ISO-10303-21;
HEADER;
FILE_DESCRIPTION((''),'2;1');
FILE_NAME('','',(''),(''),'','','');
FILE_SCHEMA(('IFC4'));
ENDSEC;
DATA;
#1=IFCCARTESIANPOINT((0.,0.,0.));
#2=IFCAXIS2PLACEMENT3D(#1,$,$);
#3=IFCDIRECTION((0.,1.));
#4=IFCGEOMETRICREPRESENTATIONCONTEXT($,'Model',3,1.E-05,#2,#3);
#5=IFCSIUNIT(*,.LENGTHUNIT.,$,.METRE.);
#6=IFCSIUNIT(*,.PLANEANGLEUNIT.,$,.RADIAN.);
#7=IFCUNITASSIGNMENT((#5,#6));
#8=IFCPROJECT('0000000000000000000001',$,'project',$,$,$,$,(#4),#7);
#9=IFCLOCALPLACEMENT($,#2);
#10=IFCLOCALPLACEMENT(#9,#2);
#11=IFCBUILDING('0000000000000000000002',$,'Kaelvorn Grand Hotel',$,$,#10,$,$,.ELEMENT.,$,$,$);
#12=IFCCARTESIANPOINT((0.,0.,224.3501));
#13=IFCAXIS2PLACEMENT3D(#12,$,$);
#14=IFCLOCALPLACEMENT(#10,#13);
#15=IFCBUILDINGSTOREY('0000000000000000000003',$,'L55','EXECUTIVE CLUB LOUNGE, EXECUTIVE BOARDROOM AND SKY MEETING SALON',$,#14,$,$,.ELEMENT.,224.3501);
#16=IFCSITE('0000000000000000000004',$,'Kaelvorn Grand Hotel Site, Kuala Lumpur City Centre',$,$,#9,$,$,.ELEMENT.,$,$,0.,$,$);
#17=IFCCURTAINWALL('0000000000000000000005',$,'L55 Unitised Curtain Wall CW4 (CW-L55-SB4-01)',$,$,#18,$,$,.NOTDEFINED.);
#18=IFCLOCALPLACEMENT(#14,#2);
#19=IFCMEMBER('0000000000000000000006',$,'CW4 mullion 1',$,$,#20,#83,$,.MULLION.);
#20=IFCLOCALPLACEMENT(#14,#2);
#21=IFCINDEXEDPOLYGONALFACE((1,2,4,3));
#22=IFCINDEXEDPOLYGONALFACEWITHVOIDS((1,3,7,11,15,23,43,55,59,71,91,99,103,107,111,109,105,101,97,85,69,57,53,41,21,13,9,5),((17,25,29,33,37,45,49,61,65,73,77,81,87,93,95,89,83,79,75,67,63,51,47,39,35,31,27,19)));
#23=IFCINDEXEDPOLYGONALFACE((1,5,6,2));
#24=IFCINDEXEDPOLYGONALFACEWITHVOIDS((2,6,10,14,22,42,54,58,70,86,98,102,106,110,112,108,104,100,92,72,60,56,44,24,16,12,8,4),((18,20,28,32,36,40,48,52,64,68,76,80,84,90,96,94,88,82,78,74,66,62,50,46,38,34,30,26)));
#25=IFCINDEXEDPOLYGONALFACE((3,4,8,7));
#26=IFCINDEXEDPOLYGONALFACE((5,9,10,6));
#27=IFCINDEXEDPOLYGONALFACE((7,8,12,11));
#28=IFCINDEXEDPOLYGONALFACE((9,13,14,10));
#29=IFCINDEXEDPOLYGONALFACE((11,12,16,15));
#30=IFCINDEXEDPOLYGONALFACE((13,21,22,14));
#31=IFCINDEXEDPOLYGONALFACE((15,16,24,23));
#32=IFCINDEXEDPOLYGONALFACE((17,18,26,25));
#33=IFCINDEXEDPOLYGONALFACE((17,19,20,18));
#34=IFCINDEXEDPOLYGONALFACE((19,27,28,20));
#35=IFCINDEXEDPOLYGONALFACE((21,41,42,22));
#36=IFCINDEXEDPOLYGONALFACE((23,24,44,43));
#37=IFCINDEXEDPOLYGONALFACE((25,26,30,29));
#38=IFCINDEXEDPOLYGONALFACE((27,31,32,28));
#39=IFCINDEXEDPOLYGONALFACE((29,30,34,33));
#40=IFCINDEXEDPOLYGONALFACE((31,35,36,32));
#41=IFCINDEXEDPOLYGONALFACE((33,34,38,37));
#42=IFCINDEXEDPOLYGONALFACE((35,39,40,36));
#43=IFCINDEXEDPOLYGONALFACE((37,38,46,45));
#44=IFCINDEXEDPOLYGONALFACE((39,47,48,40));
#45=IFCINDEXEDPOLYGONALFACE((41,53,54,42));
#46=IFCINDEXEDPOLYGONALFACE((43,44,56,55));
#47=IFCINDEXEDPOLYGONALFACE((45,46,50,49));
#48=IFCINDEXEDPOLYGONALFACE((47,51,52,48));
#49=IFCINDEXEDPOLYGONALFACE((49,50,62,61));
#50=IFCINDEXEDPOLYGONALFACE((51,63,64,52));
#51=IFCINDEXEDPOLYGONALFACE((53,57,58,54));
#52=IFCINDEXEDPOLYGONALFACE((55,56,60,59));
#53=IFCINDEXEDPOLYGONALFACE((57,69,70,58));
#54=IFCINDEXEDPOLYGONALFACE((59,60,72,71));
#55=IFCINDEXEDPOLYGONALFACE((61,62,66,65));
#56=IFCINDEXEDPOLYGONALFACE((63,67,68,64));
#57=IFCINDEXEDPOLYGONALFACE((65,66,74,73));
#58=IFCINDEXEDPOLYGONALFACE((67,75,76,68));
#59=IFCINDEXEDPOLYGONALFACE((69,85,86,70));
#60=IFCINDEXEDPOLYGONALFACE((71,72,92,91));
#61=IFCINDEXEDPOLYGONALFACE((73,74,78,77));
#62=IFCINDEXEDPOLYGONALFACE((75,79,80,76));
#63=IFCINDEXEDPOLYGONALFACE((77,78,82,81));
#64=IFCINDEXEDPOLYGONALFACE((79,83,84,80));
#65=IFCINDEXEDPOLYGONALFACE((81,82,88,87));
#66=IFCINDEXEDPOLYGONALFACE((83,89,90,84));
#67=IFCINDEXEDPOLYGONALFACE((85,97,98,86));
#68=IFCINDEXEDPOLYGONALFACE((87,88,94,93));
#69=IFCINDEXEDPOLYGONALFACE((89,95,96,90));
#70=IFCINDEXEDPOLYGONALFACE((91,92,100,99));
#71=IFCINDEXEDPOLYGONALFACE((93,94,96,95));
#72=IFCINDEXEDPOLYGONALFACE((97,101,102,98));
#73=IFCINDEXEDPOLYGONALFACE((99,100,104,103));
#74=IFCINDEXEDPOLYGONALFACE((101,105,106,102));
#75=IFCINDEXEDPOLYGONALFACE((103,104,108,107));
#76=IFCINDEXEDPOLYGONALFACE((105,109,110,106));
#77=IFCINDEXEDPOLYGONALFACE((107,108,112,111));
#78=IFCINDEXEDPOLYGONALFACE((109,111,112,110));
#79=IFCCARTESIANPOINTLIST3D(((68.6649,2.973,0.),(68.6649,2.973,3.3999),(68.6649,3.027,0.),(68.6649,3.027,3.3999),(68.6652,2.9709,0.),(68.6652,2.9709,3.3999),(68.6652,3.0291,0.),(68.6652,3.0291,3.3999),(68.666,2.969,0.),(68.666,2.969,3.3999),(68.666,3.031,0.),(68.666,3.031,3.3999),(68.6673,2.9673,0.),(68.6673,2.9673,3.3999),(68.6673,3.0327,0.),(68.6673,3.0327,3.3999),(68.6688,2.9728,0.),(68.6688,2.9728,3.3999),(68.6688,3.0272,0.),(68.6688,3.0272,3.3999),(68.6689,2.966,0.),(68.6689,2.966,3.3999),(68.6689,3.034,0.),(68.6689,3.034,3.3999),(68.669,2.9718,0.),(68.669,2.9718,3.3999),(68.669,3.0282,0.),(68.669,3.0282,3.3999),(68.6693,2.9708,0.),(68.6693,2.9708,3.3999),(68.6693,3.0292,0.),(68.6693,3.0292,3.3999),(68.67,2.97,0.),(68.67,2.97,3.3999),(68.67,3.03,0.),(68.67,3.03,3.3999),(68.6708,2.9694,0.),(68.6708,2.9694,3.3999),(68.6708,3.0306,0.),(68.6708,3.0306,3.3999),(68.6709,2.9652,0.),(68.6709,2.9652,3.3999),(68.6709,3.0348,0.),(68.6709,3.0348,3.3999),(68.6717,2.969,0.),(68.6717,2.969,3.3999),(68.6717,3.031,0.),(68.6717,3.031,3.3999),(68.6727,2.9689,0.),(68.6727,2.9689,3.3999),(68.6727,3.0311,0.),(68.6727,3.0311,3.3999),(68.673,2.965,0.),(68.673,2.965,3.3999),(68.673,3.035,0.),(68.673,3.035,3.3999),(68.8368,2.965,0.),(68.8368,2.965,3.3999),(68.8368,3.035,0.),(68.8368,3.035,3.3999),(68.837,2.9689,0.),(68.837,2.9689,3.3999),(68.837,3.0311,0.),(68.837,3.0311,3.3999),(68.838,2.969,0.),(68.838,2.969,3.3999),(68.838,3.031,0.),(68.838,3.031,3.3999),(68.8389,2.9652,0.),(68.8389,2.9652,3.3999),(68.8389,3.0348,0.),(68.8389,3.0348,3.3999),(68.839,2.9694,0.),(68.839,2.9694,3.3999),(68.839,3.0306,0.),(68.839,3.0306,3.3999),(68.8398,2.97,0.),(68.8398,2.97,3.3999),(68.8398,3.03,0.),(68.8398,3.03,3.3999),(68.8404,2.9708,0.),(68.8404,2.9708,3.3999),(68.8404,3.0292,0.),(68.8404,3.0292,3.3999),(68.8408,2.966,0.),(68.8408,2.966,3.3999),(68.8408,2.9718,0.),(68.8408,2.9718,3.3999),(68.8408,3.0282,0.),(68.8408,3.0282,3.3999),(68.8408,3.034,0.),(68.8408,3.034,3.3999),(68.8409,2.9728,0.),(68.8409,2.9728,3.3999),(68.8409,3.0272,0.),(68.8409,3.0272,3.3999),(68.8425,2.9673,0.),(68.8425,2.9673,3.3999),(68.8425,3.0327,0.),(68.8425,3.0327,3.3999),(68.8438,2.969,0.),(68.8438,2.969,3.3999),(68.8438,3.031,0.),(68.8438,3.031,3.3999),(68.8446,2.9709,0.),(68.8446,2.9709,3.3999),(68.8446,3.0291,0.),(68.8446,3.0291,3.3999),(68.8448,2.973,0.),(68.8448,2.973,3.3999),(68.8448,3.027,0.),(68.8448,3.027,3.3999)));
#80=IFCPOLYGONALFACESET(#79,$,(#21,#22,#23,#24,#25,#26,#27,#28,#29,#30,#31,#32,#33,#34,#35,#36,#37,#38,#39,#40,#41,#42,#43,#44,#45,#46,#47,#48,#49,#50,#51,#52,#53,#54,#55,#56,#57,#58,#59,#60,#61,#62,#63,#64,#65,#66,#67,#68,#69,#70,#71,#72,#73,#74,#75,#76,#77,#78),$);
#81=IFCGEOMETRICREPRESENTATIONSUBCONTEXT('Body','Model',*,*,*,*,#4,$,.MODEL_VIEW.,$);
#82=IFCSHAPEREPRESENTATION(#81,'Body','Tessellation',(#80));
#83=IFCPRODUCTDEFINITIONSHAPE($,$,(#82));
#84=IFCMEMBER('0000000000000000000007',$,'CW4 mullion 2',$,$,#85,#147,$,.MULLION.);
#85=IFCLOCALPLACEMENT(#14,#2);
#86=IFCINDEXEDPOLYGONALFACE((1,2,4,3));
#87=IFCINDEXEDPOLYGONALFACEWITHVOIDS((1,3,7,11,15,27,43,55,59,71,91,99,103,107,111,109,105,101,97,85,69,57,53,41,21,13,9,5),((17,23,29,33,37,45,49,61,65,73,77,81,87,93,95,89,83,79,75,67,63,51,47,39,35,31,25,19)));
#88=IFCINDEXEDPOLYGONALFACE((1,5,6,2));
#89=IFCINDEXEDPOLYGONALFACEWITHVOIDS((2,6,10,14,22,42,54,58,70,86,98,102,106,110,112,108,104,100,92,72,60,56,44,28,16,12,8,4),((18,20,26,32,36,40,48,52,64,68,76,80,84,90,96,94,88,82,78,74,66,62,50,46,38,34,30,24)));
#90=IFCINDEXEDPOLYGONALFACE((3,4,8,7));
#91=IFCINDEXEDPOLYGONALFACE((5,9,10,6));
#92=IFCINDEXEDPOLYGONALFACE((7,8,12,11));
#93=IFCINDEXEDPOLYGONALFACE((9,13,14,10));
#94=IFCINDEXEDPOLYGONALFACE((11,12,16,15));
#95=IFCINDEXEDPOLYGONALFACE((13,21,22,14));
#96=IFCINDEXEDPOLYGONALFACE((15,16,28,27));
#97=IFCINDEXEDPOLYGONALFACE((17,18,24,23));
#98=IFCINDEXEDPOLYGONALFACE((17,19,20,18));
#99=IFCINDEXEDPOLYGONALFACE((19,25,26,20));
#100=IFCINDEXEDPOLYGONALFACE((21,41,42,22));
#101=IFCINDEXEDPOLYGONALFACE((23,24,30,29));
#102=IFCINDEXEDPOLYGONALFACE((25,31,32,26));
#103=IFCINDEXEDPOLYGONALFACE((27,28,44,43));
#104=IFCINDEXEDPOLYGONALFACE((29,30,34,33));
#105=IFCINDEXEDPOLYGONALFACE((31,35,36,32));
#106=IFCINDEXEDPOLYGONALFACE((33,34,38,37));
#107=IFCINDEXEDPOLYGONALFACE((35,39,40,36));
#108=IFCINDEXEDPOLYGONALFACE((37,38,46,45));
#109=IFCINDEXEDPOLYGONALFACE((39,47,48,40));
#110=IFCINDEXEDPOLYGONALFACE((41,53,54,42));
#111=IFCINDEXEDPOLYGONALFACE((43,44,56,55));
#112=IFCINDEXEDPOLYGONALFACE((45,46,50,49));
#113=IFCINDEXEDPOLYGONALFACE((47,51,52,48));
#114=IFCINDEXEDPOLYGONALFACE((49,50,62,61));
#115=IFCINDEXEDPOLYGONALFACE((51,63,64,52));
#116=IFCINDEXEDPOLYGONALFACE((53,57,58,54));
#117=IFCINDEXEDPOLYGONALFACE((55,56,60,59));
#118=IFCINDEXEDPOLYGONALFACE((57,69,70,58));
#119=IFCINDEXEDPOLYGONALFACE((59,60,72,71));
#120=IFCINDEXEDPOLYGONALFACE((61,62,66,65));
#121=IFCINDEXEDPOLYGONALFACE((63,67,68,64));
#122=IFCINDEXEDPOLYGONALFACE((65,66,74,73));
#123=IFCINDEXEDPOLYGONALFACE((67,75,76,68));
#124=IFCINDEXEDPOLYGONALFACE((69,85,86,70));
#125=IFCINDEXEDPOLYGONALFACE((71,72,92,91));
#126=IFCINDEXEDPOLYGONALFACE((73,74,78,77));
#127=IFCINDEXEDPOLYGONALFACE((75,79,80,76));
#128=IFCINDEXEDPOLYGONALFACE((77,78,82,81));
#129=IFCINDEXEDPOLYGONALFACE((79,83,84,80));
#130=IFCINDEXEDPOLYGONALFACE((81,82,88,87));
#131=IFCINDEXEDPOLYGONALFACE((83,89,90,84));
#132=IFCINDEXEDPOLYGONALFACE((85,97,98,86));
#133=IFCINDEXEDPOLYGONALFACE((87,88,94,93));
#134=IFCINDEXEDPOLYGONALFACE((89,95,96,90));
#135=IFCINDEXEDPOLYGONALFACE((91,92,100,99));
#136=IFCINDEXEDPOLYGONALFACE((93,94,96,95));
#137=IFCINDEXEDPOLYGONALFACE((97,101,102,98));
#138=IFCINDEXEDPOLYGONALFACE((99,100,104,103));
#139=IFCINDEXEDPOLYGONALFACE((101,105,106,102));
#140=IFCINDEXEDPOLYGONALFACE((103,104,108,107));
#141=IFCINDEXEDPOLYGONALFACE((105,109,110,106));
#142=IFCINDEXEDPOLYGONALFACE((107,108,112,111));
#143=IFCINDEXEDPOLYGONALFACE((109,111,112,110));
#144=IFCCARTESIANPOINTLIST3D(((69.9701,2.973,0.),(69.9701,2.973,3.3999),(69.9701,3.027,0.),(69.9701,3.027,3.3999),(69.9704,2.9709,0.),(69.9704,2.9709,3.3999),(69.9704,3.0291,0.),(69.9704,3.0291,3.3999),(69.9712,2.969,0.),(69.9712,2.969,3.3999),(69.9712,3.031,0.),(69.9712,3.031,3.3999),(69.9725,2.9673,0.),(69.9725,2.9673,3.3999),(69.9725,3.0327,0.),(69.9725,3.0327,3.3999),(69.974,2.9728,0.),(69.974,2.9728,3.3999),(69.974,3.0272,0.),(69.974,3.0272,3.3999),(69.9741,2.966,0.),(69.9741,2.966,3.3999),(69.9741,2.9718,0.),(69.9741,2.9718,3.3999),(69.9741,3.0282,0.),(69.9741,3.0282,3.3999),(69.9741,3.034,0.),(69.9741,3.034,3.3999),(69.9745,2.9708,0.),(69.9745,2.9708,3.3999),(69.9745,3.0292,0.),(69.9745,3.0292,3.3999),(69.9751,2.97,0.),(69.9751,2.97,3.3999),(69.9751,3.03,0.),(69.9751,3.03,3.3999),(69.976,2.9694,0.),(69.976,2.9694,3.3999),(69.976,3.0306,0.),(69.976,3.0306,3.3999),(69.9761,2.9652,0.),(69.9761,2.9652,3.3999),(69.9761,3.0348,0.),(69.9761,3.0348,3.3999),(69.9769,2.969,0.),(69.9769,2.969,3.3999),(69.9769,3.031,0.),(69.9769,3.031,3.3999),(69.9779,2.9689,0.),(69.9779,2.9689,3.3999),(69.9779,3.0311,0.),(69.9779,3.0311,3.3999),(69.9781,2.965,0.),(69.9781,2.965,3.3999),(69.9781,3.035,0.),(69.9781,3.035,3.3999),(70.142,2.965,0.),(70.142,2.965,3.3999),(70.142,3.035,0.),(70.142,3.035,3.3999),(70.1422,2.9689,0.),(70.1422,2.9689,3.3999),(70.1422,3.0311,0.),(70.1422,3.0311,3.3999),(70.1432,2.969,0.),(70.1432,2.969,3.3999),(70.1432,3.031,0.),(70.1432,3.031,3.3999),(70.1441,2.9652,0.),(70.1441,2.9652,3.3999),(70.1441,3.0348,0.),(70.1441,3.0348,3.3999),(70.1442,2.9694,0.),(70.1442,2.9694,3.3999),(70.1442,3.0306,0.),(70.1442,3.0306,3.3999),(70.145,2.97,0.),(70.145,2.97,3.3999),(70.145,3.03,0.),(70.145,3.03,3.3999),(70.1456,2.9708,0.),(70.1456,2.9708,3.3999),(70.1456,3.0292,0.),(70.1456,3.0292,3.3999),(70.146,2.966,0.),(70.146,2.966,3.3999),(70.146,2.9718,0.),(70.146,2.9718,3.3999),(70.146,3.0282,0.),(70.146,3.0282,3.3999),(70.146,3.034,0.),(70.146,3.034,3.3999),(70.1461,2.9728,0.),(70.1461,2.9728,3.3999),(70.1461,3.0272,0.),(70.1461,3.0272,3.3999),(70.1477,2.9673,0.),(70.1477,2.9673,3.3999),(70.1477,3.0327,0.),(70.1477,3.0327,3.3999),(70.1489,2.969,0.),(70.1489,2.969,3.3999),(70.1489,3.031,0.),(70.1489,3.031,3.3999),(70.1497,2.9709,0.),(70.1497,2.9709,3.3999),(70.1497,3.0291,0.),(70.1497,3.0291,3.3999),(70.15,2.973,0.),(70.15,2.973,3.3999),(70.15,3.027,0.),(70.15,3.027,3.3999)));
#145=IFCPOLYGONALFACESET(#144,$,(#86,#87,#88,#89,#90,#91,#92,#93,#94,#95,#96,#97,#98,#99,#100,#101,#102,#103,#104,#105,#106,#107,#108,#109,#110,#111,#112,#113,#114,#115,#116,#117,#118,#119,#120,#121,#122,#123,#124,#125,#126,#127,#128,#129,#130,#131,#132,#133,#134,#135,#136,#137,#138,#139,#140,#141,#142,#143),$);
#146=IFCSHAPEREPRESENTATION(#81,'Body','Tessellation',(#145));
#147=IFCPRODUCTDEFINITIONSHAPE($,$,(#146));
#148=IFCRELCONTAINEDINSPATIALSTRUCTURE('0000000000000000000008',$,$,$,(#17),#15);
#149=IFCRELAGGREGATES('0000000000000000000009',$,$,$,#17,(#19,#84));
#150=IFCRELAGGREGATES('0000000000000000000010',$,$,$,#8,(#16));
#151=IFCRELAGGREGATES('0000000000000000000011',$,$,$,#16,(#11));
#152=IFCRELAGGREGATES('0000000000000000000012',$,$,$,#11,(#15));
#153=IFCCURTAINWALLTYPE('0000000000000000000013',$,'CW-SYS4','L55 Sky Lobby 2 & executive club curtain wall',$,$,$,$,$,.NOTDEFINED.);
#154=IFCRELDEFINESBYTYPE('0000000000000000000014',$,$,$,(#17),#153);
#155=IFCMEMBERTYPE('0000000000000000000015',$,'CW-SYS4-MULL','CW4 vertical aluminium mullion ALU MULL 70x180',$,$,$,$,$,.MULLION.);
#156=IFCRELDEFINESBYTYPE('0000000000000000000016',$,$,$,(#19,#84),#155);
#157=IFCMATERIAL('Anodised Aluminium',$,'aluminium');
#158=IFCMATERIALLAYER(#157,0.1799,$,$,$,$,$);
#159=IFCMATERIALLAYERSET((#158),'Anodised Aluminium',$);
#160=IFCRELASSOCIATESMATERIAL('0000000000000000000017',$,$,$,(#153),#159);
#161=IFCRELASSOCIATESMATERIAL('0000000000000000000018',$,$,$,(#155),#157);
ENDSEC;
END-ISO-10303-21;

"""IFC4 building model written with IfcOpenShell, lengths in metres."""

from ifc_helpers import new_model, si_unit, direction, frame, origin, origin_2d, place, context, subcontext, project, spatial, hollow_rectangle, extrude, material, layer, layer_set, material_profile, profile_set, type_object, element, aggregate, save


model = new_model("IFC4")

# Units and contexts
model_context = context("Model", 3, precision=1e-05, world=origin(), true_north=direction((0.0, 1.0)))
body_context = subcontext(model_context, "Body", "Model", "MODEL_VIEW")
ifc_project = project(units=[si_unit("LENGTHUNIT", "METRE"), si_unit("PLANEANGLEUNIT", "RADIAN")], contexts=[model_context])

# Site, building, storey
site_placement = place(None, origin())
site = spatial("IfcSite", under=ifc_project, at=site_placement, Name="Kaelvorn Grand Hotel Site, Kuala Lumpur City Centre", CompositionType="ELEMENT", RefElevation=0.0)
building_placement = place(site_placement, origin())
building = spatial("IfcBuilding", under=site, at=building_placement, Name="Kaelvorn Grand Hotel", CompositionType="ELEMENT")
storey_placement = place(building_placement, frame((0.0, 0.0, 224.3501)))
storey = spatial("IfcBuildingStorey", under=building, at=storey_placement, Name="L55", Description="EXECUTIVE CLUB LOUNGE, EXECUTIVE BOARDROOM AND SKY MEETING SALON", CompositionType="ELEMENT", Elevation=224.3501)

# Curtain wall, members
ifc_material_1 = material(Name="Anodised Aluminium", Category="aluminium")
ifc_layer_1 = layer(ifc_material_1, 0.1799)
ifc_layer_set_1 = layer_set([ifc_layer_1], Name="Anodised Aluminium")
curtain_wall_type = type_object("IfcCurtainWallType", Name="CW-SYS4", Description="L55 Sky Lobby 2 & executive club curtain wall", PredefinedType="NOTDEFINED", material=ifc_layer_set_1)
curtain_wall_placement = place(storey_placement, origin())
curtain_wall = element("IfcCurtainWall", 1, at=curtain_wall_placement, inside=storey, type_object=curtain_wall_type, Name="L55 Unitised Curtain Wall CW4 (CW-L55-SB4-01)", PredefinedType="NOTDEFINED")
ifc_material_profile_1 = material_profile(ifc_material_1, hollow_rectangle(XDim=0.0701, YDim=0.1799, WallThickness=0.0039, InnerFilletRadius=0.0039, OuterFilletRadius=0.0081, at=origin_2d()), Name="ALU MULL 70x180")
ifc_profile_set_1 = profile_set([ifc_material_profile_1], Name="Anodised Aluminium")
member_type_1 = type_object("IfcMemberType", Name="CW-SYS4-MULL", Description="CW4 vertical aluminium mullion ALU MULL 70x180", PredefinedType="MULLION", material=ifc_profile_set_1)
member_1_placement = place(storey_placement, frame((68.7549, 3.0, 0.0), z_axis=(0.0, 0.0, 1.0), x_axis=(0.0, 1.0, 0.0)))
member_1 = element("IfcMember", 2, at=member_1_placement, type_object=member_type_1, Name="CW4 mullion 1", PredefinedType="MULLION", context=body_context, shape_type="SweptSolid", body=[
    extrude(hollow_rectangle(XDim=0.0701, YDim=0.1799, WallThickness=0.0039, InnerFilletRadius=0.0039, OuterFilletRadius=0.0081, at=origin_2d()), origin(), (0.0, 0.0, 1.0), 3.3999),
])
member_2_placement = place(storey_placement, frame((70.0601, 3.0, 0.0), z_axis=(0.0, 0.0, 1.0), x_axis=(0.0, 1.0, 0.0)))
member_2 = element("IfcMember", 3, at=member_2_placement, type_object=member_type_1, Name="CW4 mullion 2", PredefinedType="MULLION", context=body_context, shape_type="SweptSolid", body=[
    extrude(hollow_rectangle(XDim=0.0701, YDim=0.1799, WallThickness=0.0039, InnerFilletRadius=0.0039, OuterFilletRadius=0.0081, at=origin_2d()), origin(), (0.0, 0.0, 1.0), 3.3999),
])
aggregate(curtain_wall, [member_1, member_2])

save(model, "model.ifc")
